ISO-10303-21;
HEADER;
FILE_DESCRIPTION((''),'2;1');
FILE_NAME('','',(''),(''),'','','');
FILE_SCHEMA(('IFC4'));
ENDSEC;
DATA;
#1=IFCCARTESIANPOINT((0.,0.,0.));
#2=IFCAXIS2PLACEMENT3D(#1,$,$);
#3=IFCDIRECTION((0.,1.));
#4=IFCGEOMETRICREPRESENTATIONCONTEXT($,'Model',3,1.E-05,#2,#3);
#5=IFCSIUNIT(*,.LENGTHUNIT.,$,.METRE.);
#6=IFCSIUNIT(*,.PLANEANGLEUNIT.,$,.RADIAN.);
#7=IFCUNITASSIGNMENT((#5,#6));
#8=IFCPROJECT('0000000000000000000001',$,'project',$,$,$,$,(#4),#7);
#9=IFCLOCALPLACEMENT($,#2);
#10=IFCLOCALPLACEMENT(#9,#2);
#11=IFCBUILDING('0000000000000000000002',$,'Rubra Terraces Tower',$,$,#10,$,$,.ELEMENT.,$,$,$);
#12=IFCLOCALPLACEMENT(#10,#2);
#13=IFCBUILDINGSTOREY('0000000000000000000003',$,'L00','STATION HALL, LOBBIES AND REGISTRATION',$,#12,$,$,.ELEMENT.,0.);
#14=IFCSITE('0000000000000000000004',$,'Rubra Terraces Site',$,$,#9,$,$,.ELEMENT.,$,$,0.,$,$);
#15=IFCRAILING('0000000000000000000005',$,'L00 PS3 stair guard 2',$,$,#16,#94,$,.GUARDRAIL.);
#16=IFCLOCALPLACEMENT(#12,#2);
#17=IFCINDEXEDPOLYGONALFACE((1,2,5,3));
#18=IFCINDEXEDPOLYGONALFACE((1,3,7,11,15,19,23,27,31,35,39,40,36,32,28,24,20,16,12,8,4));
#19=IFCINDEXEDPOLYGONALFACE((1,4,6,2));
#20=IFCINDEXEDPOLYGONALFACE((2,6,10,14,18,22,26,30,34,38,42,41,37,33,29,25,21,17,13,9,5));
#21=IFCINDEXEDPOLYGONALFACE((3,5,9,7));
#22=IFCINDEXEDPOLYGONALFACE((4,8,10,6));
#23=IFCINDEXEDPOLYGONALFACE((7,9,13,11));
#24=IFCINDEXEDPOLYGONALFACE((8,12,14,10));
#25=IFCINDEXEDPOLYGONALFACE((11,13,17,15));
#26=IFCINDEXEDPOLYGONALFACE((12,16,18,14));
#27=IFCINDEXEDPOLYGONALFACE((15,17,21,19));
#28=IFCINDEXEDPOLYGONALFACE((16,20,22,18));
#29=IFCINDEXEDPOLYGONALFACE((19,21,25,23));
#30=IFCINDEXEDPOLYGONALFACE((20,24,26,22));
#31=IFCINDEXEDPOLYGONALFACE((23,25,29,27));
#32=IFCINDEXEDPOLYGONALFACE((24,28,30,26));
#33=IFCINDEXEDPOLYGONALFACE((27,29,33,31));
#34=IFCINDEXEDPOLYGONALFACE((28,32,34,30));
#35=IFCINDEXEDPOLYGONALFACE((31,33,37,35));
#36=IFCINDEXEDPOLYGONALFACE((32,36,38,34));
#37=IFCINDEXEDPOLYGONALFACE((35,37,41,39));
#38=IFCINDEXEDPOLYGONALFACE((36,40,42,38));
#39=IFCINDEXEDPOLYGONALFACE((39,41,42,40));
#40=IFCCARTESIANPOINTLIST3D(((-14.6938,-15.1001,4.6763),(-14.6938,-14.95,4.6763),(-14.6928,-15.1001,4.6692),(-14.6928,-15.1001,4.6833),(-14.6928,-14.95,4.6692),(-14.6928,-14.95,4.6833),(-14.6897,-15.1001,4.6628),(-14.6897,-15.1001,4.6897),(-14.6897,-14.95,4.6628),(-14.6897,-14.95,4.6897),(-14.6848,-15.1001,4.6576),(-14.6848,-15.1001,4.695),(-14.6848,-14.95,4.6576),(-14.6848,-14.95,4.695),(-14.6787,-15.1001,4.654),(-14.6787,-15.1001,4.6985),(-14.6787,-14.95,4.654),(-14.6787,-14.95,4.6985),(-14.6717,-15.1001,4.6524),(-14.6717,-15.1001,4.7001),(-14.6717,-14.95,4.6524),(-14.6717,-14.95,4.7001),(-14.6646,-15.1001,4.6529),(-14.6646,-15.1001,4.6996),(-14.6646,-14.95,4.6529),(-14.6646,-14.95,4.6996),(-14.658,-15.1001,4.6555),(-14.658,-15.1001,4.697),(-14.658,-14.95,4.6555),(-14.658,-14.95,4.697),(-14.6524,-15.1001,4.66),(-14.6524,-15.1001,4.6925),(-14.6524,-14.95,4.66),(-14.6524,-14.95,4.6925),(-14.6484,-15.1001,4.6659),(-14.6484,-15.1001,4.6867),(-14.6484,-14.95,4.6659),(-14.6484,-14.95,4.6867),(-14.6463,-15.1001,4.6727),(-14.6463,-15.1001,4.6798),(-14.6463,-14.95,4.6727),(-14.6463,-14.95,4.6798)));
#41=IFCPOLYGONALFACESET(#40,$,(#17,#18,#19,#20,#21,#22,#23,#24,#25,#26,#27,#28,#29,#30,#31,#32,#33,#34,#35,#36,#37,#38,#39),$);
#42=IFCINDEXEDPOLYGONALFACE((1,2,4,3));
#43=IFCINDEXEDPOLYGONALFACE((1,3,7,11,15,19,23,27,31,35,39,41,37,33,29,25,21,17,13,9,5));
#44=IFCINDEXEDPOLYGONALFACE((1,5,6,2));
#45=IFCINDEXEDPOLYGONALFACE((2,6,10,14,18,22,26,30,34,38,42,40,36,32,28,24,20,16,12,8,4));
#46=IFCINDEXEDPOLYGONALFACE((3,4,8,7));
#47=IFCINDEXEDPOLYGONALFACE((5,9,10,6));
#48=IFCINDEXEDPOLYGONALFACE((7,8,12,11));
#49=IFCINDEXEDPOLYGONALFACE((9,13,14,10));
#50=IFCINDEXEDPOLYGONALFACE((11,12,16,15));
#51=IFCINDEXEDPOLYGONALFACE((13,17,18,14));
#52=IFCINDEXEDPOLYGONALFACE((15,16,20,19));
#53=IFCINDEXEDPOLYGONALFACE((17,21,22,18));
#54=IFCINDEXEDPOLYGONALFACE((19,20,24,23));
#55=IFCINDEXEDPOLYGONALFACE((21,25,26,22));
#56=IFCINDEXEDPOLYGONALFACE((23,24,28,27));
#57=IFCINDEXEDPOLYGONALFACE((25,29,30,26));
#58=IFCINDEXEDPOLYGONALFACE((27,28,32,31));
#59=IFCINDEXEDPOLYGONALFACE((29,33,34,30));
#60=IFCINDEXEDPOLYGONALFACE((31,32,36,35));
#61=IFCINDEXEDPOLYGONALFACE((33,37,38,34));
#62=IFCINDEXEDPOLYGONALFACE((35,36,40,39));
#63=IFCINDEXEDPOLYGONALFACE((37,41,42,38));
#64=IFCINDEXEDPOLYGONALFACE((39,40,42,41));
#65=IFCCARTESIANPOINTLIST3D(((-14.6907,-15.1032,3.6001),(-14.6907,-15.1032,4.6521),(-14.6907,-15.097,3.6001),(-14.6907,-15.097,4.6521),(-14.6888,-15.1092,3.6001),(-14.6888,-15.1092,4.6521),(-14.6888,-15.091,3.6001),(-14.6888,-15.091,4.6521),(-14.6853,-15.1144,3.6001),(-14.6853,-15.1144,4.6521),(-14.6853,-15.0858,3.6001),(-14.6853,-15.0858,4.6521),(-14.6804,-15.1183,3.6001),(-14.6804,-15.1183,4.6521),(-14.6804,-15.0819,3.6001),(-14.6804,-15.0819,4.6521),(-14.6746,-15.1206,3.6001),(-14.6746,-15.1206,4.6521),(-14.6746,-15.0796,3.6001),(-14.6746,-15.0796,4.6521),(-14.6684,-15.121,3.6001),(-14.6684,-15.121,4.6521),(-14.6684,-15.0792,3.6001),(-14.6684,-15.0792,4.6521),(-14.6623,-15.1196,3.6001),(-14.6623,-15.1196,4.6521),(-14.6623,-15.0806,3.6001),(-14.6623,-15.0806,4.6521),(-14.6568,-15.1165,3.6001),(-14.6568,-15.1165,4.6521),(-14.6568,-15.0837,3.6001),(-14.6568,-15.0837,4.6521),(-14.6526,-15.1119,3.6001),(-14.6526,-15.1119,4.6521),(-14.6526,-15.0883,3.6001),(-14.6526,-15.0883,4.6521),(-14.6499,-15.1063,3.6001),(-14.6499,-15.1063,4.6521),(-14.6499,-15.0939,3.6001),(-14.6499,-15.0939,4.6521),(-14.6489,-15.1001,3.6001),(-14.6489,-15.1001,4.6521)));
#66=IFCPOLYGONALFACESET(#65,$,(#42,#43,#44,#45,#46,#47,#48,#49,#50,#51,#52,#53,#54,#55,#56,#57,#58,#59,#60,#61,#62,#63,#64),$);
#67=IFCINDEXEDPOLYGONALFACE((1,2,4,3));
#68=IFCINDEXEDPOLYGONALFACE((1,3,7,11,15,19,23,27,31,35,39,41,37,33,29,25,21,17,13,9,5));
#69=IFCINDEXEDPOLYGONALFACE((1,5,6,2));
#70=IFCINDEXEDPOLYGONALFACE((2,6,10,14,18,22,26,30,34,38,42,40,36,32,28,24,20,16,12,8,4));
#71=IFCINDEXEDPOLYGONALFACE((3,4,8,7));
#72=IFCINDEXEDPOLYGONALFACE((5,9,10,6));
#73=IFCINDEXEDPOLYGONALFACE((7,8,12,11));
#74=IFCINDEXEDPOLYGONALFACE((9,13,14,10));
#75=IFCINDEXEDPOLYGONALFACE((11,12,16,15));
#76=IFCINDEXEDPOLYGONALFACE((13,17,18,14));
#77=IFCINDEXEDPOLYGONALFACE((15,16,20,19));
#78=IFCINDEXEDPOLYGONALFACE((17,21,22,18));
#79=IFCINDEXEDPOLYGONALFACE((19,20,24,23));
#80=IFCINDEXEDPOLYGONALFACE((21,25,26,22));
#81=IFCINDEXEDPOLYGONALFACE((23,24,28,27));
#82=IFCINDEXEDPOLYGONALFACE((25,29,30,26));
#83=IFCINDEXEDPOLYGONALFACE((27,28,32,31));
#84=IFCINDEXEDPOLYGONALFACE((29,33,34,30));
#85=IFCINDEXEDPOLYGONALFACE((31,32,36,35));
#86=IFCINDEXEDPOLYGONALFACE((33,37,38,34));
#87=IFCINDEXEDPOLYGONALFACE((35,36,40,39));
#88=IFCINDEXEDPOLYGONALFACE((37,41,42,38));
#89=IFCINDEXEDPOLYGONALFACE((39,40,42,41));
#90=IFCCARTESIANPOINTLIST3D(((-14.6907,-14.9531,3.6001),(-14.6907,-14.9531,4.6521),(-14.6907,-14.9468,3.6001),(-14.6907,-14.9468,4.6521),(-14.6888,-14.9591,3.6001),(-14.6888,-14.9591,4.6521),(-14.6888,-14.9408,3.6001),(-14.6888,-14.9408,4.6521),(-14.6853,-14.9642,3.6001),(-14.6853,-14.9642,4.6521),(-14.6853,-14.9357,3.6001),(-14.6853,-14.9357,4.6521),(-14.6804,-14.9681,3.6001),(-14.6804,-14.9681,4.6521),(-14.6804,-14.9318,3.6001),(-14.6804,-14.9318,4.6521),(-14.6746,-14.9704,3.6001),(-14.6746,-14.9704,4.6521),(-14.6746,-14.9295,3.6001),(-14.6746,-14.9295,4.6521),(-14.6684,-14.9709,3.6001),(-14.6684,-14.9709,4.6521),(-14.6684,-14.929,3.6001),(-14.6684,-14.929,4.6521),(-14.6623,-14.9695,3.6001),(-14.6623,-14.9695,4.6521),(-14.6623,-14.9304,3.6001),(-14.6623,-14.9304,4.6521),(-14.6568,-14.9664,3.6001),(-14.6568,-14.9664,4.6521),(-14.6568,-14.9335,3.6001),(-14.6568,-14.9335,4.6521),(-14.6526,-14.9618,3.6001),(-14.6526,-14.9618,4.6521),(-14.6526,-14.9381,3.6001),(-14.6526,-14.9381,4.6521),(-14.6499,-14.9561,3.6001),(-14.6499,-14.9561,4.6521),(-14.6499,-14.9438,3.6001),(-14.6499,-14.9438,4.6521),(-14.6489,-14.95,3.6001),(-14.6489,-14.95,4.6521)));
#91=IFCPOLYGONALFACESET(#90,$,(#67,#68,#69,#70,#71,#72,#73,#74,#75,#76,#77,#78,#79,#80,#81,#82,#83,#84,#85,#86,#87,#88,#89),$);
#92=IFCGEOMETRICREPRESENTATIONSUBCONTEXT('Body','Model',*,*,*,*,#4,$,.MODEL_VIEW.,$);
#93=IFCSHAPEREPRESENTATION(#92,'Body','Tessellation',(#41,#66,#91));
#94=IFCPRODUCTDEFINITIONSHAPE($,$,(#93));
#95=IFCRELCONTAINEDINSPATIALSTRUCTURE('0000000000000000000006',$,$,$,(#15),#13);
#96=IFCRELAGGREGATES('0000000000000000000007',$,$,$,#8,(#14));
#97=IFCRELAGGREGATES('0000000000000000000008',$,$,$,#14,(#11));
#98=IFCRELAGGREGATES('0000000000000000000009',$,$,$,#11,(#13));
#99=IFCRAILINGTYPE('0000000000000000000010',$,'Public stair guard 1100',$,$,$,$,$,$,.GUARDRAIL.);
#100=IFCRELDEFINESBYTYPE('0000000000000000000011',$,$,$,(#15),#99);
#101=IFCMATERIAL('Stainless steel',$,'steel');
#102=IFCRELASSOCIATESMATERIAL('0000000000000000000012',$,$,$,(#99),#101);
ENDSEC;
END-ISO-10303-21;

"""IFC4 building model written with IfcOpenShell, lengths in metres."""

from ifc_helpers import new_model, si_unit, direction, frame, origin, origin_2d, place, context, subcontext, project, spatial, circle, extrude, material, type_object, element, save


model = new_model("IFC4")

# Units and contexts
model_context = context("Model", 3, precision=1e-05, world=origin(), true_north=direction((0.0, 1.0)))
body_context = subcontext(model_context, "Body", "Model", "MODEL_VIEW")
ifc_project = project(units=[si_unit("LENGTHUNIT", "METRE"), si_unit("PLANEANGLEUNIT", "RADIAN")], contexts=[model_context])

# Site, building, storey
site_placement = place(None, origin())
site = spatial("IfcSite", under=ifc_project, at=site_placement, Name="Rubra Terraces Site", CompositionType="ELEMENT", RefElevation=0.0)
building_placement = place(site_placement, origin())
building = spatial("IfcBuilding", under=site, at=building_placement, Name="Rubra Terraces Tower", CompositionType="ELEMENT")
storey_placement = place(building_placement, origin())
storey = spatial("IfcBuildingStorey", under=building, at=storey_placement, Name="L00", Description="STATION HALL, LOBBIES AND REGISTRATION", CompositionType="ELEMENT", Elevation=0.0)

# Railing
ifc_material_1 = material(Name="Stainless steel", Category="steel")
railing_type_1 = type_object("IfcRailingType", Name="Public stair guard 1100", PredefinedType="GUARDRAIL", material=ifc_material_1)
railing_1_placement = place(storey_placement, frame((-14.6699, -15.1001, 3.6001)))
element("IfcRailing", 1, at=railing_1_placement, inside=storey, type_object=railing_type_1, Name="L00 PS3 stair guard 2", PredefinedType="GUARDRAIL", context=body_context, shape_type="SweptSolid", body=[
    extrude(circle(Radius=0.0239, at=origin_2d()), frame((0.0, 0.0, 1.0762), z_axis=(0.0, 1.0, 0.0), x_axis=(-1.0, 0.0, 0.0)), (0.0, 0.0, 1.0), 0.1501),
    extrude(circle(Radius=0.021, at=origin_2d()), origin(), (0.0, 0.0, 1.0), 1.052),
    extrude(circle(Radius=0.021, at=origin_2d()), frame((0.0, 0.1501, 0.0)), (0.0, 0.0, 1.0), 1.052),
])

save(model, "model.ifc")
